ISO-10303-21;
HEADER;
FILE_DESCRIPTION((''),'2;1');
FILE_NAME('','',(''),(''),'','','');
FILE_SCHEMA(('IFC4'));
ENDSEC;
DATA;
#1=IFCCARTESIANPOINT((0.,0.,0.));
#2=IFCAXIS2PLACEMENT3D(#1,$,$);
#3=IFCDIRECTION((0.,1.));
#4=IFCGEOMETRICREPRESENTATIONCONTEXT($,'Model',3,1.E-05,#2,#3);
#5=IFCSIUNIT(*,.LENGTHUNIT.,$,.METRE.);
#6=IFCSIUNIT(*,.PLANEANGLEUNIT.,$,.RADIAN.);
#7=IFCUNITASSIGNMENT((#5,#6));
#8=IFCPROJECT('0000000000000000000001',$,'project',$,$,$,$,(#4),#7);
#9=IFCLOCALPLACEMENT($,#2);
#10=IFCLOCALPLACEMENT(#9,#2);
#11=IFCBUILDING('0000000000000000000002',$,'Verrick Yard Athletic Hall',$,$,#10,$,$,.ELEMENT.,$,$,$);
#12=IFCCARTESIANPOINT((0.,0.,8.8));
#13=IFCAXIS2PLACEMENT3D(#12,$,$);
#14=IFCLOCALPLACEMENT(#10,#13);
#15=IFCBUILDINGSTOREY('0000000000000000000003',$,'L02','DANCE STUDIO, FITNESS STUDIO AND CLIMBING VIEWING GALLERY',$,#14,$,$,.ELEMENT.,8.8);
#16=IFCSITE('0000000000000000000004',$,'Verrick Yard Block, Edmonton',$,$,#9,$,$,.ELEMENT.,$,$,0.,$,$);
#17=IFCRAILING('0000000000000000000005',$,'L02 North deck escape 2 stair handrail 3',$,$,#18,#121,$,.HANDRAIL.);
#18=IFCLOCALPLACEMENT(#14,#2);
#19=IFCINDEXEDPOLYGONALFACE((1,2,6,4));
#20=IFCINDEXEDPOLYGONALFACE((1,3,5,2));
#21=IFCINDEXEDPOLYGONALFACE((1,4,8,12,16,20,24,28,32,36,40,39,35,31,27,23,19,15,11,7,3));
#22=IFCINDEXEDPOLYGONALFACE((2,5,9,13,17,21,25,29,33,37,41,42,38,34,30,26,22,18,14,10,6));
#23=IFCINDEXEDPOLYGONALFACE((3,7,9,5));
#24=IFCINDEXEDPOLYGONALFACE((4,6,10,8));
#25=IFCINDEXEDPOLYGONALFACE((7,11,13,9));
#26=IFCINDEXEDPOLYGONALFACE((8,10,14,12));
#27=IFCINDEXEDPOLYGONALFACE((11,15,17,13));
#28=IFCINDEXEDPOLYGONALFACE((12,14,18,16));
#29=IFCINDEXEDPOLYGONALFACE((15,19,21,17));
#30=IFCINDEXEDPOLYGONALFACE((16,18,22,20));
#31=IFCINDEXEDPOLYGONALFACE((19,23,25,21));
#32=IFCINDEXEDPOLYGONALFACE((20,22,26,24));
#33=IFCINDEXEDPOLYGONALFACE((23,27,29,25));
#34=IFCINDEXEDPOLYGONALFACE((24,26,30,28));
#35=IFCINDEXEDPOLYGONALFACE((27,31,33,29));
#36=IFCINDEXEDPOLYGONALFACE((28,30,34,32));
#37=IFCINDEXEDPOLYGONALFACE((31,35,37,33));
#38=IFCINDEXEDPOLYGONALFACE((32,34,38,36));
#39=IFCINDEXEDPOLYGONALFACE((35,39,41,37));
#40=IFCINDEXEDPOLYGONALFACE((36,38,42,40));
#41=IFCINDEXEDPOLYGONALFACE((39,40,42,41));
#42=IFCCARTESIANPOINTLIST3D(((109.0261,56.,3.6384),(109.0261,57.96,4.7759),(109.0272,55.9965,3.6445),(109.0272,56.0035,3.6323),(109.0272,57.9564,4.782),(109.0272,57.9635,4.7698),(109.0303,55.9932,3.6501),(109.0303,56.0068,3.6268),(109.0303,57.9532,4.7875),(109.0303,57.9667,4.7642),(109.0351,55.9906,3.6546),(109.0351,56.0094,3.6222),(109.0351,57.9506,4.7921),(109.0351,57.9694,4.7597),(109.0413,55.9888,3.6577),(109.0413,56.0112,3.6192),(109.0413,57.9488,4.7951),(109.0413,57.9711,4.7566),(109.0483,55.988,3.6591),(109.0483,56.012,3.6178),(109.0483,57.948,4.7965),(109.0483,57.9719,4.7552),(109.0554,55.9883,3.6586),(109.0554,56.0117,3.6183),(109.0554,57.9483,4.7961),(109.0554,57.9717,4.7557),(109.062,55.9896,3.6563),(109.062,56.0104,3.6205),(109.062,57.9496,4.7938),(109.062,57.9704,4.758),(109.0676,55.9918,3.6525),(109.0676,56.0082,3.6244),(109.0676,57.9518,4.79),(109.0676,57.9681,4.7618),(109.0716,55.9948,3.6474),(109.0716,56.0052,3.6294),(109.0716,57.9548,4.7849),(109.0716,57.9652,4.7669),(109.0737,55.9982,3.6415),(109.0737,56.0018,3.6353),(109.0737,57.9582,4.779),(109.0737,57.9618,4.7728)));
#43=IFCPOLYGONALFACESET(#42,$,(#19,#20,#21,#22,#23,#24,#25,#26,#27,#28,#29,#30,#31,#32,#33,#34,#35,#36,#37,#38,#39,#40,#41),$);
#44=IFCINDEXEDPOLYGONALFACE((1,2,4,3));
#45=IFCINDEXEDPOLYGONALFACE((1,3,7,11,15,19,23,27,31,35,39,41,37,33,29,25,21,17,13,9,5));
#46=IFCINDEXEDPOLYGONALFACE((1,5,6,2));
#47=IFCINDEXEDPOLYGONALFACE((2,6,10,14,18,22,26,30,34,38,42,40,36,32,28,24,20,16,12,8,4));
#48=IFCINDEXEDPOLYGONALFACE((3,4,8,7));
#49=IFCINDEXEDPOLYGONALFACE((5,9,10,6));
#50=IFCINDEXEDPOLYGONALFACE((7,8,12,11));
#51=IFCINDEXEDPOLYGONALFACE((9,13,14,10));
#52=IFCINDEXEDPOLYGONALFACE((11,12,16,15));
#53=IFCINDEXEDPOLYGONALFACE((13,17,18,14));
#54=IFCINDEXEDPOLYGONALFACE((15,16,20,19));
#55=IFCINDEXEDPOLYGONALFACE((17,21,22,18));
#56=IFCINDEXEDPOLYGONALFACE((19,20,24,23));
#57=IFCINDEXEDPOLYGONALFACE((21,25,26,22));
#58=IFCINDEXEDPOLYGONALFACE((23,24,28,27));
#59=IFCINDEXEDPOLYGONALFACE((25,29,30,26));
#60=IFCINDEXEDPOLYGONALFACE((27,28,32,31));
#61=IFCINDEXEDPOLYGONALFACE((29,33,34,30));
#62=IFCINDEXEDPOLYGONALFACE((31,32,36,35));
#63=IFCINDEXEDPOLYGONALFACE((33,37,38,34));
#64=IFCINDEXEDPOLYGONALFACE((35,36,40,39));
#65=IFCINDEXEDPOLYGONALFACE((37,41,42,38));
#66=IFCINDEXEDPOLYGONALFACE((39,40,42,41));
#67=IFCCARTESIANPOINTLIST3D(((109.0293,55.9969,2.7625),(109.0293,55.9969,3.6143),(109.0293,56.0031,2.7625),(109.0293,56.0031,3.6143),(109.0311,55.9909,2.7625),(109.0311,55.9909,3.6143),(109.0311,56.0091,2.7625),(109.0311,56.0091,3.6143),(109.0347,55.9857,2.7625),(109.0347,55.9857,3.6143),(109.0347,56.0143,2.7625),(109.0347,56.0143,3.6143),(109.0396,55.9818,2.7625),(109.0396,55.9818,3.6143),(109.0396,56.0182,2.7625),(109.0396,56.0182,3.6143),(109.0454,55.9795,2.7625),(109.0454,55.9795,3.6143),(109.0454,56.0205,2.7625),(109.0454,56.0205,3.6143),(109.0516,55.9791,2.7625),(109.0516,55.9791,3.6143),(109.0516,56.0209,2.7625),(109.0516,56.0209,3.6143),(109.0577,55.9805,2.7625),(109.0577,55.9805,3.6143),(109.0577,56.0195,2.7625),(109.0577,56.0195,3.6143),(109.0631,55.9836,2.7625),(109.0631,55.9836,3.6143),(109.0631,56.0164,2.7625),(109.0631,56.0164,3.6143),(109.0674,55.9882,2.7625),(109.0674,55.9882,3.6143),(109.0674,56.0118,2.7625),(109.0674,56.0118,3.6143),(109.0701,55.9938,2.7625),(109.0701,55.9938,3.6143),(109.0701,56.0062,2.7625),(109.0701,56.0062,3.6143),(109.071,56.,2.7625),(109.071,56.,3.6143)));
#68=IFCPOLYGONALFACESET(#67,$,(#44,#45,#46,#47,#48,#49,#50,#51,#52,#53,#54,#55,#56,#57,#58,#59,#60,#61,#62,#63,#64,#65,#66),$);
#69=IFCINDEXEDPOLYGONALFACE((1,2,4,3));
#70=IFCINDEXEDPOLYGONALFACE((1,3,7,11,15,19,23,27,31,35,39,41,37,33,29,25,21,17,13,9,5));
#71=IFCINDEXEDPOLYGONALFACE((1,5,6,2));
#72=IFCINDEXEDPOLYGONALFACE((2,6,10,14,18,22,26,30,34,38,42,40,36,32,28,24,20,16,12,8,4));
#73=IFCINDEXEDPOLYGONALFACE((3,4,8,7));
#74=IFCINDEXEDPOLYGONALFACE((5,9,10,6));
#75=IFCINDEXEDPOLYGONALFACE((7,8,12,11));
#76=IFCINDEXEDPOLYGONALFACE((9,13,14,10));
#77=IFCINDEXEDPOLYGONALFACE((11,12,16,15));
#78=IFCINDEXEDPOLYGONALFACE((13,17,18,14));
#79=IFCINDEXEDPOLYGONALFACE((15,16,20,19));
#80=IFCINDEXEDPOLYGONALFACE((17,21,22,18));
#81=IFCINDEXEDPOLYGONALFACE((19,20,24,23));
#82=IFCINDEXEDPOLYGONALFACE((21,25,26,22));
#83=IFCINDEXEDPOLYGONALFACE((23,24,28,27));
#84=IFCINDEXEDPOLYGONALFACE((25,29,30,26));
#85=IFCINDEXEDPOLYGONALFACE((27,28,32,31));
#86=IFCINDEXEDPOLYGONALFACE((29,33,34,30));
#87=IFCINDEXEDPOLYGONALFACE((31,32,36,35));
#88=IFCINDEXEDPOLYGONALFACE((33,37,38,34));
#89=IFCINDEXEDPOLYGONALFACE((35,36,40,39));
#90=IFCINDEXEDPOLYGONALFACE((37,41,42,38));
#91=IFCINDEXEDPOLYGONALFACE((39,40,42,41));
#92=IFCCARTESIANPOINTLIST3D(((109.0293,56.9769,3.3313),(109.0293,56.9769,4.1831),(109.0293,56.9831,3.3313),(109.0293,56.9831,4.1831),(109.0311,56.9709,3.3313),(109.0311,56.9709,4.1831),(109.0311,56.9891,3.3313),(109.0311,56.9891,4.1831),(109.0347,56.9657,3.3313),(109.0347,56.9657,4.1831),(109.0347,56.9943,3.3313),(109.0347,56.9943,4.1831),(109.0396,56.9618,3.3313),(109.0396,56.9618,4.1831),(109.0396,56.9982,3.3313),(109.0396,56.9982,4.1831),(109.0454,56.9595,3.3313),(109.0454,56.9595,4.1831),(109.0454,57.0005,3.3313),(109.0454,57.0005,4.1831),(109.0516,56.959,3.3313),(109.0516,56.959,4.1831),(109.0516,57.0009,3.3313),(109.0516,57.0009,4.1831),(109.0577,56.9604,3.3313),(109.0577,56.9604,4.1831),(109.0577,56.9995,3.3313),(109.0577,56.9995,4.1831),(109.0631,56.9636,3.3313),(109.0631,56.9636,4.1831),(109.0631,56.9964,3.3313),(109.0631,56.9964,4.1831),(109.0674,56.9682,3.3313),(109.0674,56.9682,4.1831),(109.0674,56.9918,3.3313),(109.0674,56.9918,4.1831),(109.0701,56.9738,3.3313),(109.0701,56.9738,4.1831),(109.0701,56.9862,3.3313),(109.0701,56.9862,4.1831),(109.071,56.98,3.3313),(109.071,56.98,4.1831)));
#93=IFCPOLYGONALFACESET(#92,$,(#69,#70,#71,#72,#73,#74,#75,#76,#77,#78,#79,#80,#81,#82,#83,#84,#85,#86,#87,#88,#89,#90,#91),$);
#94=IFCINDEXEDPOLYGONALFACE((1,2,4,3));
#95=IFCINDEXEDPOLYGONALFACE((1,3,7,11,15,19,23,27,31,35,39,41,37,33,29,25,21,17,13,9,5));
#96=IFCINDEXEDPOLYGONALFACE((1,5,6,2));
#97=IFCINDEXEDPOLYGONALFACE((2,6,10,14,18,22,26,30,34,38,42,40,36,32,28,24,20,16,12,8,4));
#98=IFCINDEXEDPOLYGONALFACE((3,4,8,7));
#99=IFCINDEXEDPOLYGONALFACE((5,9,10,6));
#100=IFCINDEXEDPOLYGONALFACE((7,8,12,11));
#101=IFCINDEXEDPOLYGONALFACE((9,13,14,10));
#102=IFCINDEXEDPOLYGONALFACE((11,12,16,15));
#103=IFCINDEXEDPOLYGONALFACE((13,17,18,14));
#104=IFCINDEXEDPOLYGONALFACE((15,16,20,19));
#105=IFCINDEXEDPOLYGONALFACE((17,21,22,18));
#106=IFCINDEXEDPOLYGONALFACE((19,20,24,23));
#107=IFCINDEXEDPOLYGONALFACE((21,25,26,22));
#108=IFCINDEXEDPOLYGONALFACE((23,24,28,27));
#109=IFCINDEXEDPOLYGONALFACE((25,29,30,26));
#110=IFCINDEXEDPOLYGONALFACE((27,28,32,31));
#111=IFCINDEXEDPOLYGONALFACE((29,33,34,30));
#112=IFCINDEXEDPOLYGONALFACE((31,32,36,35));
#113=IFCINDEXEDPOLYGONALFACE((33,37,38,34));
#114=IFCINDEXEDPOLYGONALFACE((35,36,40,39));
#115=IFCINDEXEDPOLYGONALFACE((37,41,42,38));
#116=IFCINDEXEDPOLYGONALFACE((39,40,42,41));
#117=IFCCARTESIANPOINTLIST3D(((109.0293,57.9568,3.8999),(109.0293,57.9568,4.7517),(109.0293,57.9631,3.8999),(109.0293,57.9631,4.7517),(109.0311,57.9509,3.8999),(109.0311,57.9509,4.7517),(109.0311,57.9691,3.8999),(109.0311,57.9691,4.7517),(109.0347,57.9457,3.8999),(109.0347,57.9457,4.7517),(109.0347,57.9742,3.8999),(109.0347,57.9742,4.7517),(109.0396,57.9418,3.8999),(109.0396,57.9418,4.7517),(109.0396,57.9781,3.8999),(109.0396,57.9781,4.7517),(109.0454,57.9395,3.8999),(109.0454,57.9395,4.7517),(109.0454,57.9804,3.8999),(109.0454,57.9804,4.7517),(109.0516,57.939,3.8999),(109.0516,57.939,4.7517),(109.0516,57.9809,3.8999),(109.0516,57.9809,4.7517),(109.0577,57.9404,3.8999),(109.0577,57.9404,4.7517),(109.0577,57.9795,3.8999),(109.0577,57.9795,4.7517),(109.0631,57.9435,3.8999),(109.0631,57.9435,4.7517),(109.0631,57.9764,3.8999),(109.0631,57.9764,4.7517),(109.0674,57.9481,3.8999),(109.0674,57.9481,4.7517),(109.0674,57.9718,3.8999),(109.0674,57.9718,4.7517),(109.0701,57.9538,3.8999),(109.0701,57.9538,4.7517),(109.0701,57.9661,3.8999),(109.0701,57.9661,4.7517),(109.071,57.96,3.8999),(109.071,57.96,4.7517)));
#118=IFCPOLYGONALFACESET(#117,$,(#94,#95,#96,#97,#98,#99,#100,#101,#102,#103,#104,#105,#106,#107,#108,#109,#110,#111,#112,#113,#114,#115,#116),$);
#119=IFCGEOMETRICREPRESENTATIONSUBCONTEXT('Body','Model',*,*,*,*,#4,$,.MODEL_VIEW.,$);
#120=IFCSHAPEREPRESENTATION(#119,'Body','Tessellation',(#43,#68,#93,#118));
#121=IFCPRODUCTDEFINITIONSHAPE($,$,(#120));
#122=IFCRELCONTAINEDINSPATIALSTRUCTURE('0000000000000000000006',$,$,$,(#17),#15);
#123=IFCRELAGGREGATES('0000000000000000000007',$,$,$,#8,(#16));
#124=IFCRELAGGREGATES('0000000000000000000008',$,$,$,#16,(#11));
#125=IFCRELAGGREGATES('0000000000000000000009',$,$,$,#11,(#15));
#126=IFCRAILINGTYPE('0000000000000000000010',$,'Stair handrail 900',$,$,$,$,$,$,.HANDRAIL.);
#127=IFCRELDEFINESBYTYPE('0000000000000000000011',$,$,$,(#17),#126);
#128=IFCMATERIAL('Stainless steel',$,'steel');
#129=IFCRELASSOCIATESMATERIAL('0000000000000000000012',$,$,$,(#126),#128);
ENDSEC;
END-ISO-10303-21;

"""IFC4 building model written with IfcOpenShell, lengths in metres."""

from ifc_helpers import new_model, si_unit, direction, frame, origin, origin_2d, place, context, subcontext, project, spatial, circle, extrude, material, type_object, element, save


model = new_model("IFC4")

# Units and contexts
model_context = context("Model", 3, precision=1e-05, world=origin(), true_north=direction((0.0, 1.0)))
body_context = subcontext(model_context, "Body", "Model", "MODEL_VIEW")
ifc_project = project(units=[si_unit("LENGTHUNIT", "METRE"), si_unit("PLANEANGLEUNIT", "RADIAN")], contexts=[model_context])

# Site, building, storey
site_placement = place(None, origin())
site = spatial("IfcSite", under=ifc_project, at=site_placement, Name="Verrick Yard Block, Edmonton", CompositionType="ELEMENT", RefElevation=0.0)
building_placement = place(site_placement, origin())
building = spatial("IfcBuilding", under=site, at=building_placement, Name="Verrick Yard Athletic Hall", CompositionType="ELEMENT")
storey_placement = place(building_placement, frame((0.0, 0.0, 8.8)))
storey = spatial("IfcBuildingStorey", under=building, at=storey_placement, Name="L02", Description="DANCE STUDIO, FITNESS STUDIO AND CLIMBING VIEWING GALLERY", CompositionType="ELEMENT", Elevation=8.8)

# Railing
ifc_material_1 = material(Name="Stainless steel", Category="steel")
railing_type_1 = type_object("IfcRailingType", Name="Stair handrail 900", PredefinedType="HANDRAIL", material=ifc_material_1)
railing_1_placement = place(storey_placement, frame((109.05, 56.0, 2.7625)))
element("IfcRailing", 1, at=railing_1_placement, inside=storey, type_object=railing_type_1, Name="L02 North deck escape 2 stair handrail 3", PredefinedType="HANDRAIL", context=body_context, shape_type="SweptSolid", body=[
    extrude(circle(Radius=0.0239, at=origin_2d()), frame((0.0, 0.0, 0.876), z_axis=(0.0, 0.864902, 0.501941), x_axis=(-1.0, 0.0, 0.0)), (0.0, 0.0, 1.0), 2.2661),
    extrude(circle(Radius=0.021, at=origin_2d()), origin(), (0.0, 0.0, 1.0), 0.8518),
    extrude(circle(Radius=0.021, at=origin_2d()), frame((0.0, 0.98, 0.5688)), (0.0, 0.0, 1.0), 0.8518),
    extrude(circle(Radius=0.021, at=origin_2d()), frame((0.0, 1.96, 1.1375)), (0.0, 0.0, 1.0), 0.8518),
])

save(model, "model.ifc")
